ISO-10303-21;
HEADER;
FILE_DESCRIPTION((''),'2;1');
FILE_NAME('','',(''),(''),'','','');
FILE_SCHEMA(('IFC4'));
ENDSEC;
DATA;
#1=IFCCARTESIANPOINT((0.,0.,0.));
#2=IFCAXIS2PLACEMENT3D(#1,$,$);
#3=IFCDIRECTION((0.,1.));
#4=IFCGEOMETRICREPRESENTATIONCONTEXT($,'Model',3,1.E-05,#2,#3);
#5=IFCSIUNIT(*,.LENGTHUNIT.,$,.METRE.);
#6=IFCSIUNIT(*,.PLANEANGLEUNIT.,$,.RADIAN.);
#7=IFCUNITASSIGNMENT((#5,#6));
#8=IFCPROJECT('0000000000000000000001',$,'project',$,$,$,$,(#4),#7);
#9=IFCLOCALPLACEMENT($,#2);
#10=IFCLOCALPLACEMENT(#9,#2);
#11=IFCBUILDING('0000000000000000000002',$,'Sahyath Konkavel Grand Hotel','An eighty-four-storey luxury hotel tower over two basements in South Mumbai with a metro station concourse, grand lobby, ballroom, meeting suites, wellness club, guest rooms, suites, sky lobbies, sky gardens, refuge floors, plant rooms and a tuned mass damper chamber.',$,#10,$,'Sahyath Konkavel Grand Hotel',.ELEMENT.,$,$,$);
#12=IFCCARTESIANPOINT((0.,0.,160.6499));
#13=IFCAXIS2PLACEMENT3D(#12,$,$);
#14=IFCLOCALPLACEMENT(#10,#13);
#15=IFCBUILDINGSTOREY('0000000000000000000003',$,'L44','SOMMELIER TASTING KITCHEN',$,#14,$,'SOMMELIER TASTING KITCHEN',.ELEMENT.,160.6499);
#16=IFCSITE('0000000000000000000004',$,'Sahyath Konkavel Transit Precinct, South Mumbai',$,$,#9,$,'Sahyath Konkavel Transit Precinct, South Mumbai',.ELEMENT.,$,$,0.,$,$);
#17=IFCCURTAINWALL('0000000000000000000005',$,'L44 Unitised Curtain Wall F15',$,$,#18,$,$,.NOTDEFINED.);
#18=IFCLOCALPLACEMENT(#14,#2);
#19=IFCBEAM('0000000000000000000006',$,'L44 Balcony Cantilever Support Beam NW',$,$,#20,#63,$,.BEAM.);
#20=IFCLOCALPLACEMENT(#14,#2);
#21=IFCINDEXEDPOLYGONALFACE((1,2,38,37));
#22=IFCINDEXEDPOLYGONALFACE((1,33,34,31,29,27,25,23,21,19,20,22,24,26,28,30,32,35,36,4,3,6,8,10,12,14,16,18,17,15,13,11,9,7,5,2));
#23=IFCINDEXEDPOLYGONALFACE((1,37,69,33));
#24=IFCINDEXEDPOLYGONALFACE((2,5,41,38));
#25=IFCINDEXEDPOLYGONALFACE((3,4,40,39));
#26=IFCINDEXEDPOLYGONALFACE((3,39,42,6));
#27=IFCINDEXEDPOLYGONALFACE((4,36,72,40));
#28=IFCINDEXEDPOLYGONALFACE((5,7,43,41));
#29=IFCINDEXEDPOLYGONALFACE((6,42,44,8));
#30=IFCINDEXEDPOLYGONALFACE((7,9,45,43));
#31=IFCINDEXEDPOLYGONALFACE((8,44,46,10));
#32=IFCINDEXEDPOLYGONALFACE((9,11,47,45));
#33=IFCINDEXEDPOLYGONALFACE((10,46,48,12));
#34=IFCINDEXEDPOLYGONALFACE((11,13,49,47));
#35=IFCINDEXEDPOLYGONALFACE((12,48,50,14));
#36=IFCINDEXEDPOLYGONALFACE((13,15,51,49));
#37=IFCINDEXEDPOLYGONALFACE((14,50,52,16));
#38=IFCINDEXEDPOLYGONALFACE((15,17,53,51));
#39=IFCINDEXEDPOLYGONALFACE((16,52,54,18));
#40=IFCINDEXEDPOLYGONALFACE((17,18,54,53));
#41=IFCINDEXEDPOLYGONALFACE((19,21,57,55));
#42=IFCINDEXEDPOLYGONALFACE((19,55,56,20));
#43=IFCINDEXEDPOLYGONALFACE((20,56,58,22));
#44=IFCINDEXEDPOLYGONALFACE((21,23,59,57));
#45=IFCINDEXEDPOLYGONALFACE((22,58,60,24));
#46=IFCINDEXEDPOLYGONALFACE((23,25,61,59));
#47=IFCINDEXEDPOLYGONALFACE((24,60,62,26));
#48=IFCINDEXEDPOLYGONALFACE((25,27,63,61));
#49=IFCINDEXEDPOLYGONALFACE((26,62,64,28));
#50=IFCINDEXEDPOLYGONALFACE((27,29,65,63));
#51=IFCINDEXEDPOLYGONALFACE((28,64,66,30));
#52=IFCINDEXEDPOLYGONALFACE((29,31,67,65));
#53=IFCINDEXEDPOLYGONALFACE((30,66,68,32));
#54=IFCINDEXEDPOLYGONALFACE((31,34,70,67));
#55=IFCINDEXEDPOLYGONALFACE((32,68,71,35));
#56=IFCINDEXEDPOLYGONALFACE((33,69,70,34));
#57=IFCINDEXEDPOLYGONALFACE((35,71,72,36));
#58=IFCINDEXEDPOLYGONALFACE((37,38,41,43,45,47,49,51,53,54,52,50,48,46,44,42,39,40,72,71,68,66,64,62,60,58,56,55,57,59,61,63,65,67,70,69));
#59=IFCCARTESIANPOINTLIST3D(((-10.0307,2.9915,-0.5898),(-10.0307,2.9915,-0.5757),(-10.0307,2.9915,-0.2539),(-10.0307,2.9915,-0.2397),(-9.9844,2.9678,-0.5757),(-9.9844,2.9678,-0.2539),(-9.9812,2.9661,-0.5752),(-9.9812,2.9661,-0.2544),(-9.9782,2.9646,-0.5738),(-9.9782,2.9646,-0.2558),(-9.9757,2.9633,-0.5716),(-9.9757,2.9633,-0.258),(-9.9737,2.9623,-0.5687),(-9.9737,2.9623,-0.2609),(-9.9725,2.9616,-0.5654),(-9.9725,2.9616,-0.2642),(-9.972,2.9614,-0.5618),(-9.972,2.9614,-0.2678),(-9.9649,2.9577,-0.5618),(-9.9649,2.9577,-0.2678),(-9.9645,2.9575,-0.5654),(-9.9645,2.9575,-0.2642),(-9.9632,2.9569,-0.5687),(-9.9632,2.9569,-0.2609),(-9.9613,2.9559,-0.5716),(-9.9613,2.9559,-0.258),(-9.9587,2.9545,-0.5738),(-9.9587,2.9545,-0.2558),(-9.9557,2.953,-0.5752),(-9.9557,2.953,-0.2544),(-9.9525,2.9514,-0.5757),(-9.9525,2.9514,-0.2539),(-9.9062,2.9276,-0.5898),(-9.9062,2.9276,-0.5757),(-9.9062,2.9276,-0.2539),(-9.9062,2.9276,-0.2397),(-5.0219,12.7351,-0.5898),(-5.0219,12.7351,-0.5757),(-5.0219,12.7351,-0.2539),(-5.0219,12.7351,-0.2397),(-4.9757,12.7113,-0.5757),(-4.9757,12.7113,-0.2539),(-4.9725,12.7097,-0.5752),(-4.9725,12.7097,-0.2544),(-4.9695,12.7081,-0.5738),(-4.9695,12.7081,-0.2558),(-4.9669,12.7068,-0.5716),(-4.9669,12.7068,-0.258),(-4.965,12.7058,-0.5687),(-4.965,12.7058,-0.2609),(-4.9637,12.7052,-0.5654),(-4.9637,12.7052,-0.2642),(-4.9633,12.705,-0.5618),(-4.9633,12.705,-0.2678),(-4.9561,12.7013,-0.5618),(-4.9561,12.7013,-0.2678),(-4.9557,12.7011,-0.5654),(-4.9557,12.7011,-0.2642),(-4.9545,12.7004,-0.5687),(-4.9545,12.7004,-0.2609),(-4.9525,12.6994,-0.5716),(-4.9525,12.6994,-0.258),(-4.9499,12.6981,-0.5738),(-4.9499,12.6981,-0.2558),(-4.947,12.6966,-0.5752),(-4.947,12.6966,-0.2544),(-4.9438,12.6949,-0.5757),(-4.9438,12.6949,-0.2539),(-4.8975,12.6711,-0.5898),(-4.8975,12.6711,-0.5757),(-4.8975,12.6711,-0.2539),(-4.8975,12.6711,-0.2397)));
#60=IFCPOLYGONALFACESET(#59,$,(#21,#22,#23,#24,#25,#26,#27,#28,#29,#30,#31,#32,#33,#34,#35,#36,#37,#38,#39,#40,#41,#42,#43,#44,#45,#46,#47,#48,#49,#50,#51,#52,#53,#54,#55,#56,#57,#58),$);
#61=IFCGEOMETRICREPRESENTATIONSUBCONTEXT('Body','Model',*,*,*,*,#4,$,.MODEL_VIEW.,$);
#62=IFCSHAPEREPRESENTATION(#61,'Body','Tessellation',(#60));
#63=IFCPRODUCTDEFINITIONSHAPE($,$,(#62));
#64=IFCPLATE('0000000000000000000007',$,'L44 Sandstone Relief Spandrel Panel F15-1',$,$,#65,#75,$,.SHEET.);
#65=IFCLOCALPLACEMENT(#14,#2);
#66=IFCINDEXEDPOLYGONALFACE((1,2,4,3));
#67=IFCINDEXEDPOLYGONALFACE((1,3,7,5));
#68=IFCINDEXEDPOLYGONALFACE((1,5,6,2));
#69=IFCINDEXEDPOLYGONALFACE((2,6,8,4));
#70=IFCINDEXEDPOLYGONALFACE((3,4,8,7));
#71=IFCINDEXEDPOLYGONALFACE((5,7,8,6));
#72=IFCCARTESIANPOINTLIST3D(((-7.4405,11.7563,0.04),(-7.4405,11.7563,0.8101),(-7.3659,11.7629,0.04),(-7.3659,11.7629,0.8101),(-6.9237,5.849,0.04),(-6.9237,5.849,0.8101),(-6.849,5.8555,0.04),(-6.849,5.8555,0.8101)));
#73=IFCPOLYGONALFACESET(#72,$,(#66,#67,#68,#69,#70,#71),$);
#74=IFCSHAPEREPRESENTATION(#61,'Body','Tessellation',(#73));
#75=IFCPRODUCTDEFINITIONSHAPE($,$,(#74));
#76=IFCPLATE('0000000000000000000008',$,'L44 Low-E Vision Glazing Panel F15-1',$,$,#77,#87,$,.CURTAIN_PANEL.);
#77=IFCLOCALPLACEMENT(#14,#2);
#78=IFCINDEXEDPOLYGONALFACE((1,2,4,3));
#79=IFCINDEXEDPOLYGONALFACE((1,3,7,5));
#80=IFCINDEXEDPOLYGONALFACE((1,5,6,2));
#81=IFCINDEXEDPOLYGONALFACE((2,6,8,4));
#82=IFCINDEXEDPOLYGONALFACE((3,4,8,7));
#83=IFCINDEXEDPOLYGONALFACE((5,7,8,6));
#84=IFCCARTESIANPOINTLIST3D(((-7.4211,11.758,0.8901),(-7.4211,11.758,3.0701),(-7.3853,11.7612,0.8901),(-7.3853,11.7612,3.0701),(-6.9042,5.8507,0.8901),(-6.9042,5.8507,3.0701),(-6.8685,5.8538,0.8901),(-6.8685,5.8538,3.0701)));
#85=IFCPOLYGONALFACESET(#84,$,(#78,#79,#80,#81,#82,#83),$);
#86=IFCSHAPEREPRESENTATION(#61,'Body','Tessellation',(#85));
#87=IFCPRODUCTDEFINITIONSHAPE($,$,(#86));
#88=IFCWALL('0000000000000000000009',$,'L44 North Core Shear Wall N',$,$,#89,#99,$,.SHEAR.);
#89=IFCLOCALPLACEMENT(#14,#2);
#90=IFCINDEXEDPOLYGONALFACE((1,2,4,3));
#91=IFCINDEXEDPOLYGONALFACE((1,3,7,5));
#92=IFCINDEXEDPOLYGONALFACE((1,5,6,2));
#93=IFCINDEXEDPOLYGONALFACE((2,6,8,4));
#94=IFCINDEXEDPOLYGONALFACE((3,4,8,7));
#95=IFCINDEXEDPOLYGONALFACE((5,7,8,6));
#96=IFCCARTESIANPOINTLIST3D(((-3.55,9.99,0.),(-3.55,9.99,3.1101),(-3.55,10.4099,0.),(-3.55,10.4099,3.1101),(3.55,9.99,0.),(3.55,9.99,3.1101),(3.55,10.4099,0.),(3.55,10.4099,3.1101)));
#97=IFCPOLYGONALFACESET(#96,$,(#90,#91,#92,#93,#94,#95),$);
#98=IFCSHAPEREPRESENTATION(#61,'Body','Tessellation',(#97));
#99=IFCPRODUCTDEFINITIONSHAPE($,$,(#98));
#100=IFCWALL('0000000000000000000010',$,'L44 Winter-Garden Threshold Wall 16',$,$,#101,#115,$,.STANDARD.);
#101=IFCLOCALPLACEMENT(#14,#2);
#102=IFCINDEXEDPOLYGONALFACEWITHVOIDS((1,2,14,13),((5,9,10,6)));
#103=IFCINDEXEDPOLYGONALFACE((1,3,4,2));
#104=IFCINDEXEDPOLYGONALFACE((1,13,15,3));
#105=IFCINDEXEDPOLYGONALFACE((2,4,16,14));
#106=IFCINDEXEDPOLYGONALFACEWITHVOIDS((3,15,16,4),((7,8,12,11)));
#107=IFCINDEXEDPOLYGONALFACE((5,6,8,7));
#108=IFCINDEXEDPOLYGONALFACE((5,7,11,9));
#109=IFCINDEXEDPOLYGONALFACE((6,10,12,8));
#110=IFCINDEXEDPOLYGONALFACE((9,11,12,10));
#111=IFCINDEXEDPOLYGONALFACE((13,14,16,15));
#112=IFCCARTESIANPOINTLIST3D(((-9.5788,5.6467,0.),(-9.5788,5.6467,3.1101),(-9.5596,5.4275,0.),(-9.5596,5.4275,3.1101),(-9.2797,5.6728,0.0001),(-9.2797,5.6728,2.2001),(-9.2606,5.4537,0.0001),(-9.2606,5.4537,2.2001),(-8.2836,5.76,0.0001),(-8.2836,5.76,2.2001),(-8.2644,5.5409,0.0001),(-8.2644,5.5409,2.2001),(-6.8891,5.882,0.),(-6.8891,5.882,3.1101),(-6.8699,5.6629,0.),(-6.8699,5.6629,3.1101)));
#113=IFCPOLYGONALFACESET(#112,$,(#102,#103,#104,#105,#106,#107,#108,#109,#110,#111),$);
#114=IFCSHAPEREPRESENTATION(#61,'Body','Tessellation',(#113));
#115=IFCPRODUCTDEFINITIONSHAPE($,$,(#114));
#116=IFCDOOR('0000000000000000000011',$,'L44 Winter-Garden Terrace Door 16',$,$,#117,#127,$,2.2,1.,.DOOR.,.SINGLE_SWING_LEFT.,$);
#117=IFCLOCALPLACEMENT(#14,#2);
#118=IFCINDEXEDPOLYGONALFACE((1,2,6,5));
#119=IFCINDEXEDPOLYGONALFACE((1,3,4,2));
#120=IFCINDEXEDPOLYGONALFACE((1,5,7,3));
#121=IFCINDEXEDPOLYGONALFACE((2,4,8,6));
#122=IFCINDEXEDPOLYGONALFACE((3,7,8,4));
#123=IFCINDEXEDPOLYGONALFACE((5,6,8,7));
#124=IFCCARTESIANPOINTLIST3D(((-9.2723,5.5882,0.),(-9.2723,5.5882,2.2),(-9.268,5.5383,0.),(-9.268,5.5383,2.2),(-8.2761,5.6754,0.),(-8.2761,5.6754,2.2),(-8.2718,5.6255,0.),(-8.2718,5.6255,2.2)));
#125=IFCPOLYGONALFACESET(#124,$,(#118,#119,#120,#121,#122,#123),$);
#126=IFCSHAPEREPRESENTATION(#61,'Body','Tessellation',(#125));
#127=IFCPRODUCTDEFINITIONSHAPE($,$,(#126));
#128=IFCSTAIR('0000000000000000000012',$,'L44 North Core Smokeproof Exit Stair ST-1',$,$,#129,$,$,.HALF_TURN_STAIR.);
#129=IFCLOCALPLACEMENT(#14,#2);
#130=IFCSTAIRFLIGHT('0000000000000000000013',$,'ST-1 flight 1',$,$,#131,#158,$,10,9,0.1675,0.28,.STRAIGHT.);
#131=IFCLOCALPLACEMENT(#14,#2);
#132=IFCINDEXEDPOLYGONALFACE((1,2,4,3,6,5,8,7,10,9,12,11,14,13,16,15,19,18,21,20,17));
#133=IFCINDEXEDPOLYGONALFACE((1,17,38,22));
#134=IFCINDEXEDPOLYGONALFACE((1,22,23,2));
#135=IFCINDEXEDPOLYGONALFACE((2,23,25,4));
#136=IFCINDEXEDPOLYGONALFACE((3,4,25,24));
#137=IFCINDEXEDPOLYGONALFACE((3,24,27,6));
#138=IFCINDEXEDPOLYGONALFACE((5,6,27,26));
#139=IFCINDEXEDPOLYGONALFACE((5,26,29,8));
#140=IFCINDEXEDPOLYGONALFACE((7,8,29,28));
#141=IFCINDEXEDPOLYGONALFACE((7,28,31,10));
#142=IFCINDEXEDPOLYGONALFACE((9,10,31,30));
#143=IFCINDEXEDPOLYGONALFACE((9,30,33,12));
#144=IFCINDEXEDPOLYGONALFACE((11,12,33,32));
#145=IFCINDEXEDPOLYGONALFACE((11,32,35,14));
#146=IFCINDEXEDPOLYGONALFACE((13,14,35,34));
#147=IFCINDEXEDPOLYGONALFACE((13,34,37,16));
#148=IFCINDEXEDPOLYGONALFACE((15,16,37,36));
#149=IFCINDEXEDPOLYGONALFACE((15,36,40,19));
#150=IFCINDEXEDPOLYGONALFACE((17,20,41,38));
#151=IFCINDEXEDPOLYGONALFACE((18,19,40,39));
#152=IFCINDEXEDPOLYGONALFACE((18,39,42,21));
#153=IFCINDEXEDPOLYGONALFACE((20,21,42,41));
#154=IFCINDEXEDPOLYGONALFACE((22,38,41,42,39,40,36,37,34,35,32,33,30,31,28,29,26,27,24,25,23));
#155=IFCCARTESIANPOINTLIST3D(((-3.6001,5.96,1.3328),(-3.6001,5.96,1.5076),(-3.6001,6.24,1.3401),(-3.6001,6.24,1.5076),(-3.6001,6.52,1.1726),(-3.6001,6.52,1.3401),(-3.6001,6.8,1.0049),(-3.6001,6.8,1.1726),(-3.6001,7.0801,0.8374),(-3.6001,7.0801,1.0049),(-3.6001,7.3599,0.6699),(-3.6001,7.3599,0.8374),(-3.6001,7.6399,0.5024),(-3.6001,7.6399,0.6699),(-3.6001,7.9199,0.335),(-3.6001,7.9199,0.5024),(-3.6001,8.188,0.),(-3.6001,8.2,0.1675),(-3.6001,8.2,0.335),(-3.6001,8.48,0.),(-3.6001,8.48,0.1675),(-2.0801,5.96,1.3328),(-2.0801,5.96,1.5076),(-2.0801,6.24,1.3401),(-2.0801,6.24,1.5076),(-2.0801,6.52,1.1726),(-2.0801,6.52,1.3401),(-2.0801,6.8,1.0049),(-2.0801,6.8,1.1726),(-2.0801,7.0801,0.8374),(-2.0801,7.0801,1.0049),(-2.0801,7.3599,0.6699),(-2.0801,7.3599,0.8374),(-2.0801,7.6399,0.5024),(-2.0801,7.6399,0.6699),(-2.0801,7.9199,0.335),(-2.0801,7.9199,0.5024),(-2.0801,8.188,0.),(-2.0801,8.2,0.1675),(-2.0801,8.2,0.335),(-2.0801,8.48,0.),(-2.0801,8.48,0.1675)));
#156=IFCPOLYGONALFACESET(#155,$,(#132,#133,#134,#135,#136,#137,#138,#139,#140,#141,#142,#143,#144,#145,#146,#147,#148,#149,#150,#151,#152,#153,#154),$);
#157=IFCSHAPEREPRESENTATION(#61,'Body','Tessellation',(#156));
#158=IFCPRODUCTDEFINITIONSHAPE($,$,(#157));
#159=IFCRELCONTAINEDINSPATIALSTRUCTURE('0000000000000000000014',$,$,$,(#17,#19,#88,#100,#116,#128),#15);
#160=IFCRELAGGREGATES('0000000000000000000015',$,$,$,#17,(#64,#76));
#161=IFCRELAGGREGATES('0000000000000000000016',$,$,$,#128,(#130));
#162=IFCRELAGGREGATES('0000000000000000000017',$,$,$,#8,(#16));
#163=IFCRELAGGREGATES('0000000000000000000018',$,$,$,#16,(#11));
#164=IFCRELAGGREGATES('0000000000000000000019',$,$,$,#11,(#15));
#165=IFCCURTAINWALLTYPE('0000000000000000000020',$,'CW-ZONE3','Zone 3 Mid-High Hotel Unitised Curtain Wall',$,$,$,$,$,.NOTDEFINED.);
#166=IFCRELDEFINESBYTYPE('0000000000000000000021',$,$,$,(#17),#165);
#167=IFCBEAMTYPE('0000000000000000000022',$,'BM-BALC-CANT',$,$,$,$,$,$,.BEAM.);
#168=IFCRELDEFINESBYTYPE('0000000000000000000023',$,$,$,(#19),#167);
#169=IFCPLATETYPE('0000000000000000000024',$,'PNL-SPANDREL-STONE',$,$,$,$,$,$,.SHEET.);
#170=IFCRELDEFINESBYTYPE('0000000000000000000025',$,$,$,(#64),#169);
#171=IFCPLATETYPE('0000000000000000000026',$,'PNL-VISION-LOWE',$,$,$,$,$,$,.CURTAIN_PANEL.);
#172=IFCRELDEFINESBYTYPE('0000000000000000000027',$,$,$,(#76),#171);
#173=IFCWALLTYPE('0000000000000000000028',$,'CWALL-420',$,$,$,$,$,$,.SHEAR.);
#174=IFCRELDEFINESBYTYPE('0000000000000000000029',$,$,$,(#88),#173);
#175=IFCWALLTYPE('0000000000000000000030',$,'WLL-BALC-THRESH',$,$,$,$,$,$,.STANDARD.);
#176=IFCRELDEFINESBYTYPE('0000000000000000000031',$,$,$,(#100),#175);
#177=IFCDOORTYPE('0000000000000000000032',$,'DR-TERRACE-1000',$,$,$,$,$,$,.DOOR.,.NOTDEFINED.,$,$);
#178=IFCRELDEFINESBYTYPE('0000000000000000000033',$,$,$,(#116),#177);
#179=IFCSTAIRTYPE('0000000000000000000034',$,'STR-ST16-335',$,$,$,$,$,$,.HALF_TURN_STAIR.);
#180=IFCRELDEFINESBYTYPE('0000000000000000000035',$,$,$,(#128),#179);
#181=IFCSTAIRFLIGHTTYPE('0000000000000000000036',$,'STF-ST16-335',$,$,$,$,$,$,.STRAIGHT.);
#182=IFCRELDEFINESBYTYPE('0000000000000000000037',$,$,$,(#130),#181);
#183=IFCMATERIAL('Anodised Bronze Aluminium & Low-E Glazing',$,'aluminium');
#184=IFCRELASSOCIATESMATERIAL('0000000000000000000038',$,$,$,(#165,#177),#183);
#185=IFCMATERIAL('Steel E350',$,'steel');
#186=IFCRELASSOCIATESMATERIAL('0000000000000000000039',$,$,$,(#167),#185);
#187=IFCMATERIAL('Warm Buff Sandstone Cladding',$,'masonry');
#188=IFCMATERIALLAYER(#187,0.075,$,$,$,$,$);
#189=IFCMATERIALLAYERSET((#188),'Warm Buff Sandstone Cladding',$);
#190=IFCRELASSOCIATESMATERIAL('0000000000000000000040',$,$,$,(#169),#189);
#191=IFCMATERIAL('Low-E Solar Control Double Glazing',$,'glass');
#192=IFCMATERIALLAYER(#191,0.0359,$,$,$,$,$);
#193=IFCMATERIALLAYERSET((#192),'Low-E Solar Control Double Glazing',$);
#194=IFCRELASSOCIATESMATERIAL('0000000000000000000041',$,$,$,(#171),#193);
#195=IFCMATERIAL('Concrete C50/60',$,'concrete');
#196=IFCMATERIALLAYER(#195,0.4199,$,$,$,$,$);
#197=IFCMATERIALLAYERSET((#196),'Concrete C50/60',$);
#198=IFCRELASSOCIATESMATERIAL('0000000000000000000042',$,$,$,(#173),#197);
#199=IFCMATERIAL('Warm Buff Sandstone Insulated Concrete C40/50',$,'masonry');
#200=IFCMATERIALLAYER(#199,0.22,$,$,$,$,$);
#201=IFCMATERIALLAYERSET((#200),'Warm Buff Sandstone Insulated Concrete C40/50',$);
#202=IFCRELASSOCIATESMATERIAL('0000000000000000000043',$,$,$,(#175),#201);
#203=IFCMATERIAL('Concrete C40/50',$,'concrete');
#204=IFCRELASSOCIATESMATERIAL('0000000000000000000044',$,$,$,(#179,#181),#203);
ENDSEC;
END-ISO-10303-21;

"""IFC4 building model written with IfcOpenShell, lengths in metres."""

from ifc_helpers import new_model, si_unit, direction, frame, frame_2d, origin, origin_2d, place, context, subcontext, project, spatial, polyline, rectangle, i_section, outline, extrude, source, transform, mapped, material, layer, layer_set, material_profile, profile_set, type_object, element, fill, aggregate, save


model = new_model("IFC4")

# Units and contexts
model_context = context("Model", 3, precision=1e-05, world=origin(), true_north=direction((0.0, 1.0)))
body_context = subcontext(model_context, "Body", "Model", "MODEL_VIEW")
ifc_project = project(units=[si_unit("LENGTHUNIT", "METRE"), si_unit("PLANEANGLEUNIT", "RADIAN")], contexts=[model_context])

# Site, building, storey
site_placement = place(None, origin())
site = spatial("IfcSite", under=ifc_project, at=site_placement, Name="Sahyath Konkavel Transit Precinct, South Mumbai", LongName="Sahyath Konkavel Transit Precinct, South Mumbai", CompositionType="ELEMENT", RefElevation=0.0)
building_placement = place(site_placement, origin())
building = spatial("IfcBuilding", under=site, at=building_placement, Name="Sahyath Konkavel Grand Hotel", Description="An eighty-four-storey luxury hotel tower over two basements in South Mumbai with a metro station concourse, grand lobby, ballroom, meeting suites, wellness club, guest rooms, suites, sky lobbies, sky gardens, refuge floors, plant rooms and a tuned mass damper chamber.", LongName="Sahyath Konkavel Grand Hotel", CompositionType="ELEMENT")
storey_placement = place(building_placement, frame((0.0, 0.0, 160.6499)))
storey = spatial("IfcBuildingStorey", under=building, at=storey_placement, Name="L44", Description="SOMMELIER TASTING KITCHEN", LongName="SOMMELIER TASTING KITCHEN", CompositionType="ELEMENT", Elevation=160.6499)

# Shared definitions
ifc_material_1 = material(Name="Concrete C50/60", Category="concrete")

# Shared definitions
ifc_material_2 = material(Name="Steel E350", Category="steel")

# Curtain wall
ifc_material_3 = material(Name="Anodised Bronze Aluminium & Low-E Glazing", Category="aluminium")
curtain_wall_type = type_object("IfcCurtainWallType", Name="CW-ZONE3", Description="Zone 3 Mid-High Hotel Unitised Curtain Wall", PredefinedType="NOTDEFINED", material=ifc_material_3)
curtain_wall_placement = place(storey_placement, origin())
curtain_wall = element("IfcCurtainWall", 1, at=curtain_wall_placement, inside=storey, type_object=curtain_wall_type, Name="L44 Unitised Curtain Wall F15", PredefinedType="NOTDEFINED")

# Beam
ifc_material_profile_1 = material_profile(ifc_material_2, i_section(OverallWidth=0.1399, OverallDepth=0.3501, WebThickness=0.0081, FlangeThickness=0.0142, FilletRadius=0.0139, at=origin_2d()), Name="ISMB 350")
ifc_profile_set_1 = profile_set([ifc_material_profile_1], Name="Steel E350")
beam_type_1 = type_object("IfcBeamType", Name="BM-BALC-CANT", PredefinedType="BEAM", material=ifc_profile_set_1)
shared_shape_1 = source(origin(), body_context, "Body", "SweptSolid", [
    extrude(i_section(OverallWidth=0.1399, OverallDepth=0.3501, WebThickness=0.0081, FlangeThickness=0.0142, FilletRadius=0.0139, at=origin_2d()), origin(), (0.0, 0.0, 1.0), 10.9556),
])
beam_1_placement = place(storey_placement, frame((-4.9597, 12.7031, -0.4148), z_axis=(-0.457187, -0.889371, 0.0), x_axis=(0.889371, -0.457187, 0.0)))
element("IfcBeam", 2, at=beam_1_placement, inside=storey, type_object=beam_type_1, Name="L44 Balcony Cantilever Support Beam NW", PredefinedType="BEAM", context=body_context, shape_type="MappedRepresentation", body=[
    mapped(shared_shape_1, transform((0.0, 0.0, 0.0), scale=1.0)),
])

# Plates
ifc_material_4 = material(Name="Warm Buff Sandstone Cladding", Category="masonry")
ifc_layer_1 = layer(ifc_material_4, 0.075)
ifc_layer_set_1 = layer_set([ifc_layer_1], Name="Warm Buff Sandstone Cladding")
plate_type_1 = type_object("IfcPlateType", Name="PNL-SPANDREL-STONE", PredefinedType="SHEET", material=ifc_layer_set_1)
shared_shape_2 = source(origin(), body_context, "Body", "SweptSolid", [
    extrude(rectangle(XDim=5.9299, YDim=0.075, at=origin_2d()), origin(), (0.0, 0.0, 1.0), 0.77),
])
plate_1_placement = place(storey_placement, frame((-7.1448, 8.8059, 0.04), z_axis=(0.0, 0.0, 1.0), x_axis=(0.087156, -0.996195, 0.0)))
plate_1 = element("IfcPlate", 3, at=plate_1_placement, type_object=plate_type_1, Name="L44 Sandstone Relief Spandrel Panel F15-1", PredefinedType="SHEET", context=body_context, shape_type="MappedRepresentation", body=[
    mapped(shared_shape_2, transform((0.0, 0.0, 0.0), scale=1.0)),
])
ifc_material_5 = material(Name="Low-E Solar Control Double Glazing", Category="glass")
ifc_layer_2 = layer(ifc_material_5, 0.0359)
ifc_layer_set_2 = layer_set([ifc_layer_2], Name="Low-E Solar Control Double Glazing")
plate_type_2 = type_object("IfcPlateType", Name="PNL-VISION-LOWE", PredefinedType="CURTAIN_PANEL", material=ifc_layer_set_2)
shared_shape_3 = source(origin(), body_context, "Body", "SweptSolid", [
    extrude(rectangle(XDim=5.9299, YDim=0.0359, at=origin_2d()), origin(), (0.0, 0.0, 1.0), 2.1799),
])
plate_2_placement = place(storey_placement, frame((-7.1448, 8.8059, 0.8901), z_axis=(0.0, 0.0, 1.0), x_axis=(0.087156, -0.996195, 0.0)))
plate_2 = element("IfcPlate", 4, at=plate_2_placement, type_object=plate_type_2, Name="L44 Low-E Vision Glazing Panel F15-1", PredefinedType="CURTAIN_PANEL", context=body_context, shape_type="MappedRepresentation", body=[
    mapped(shared_shape_3, transform((0.0, 0.0, 0.0), scale=1.0)),
])
aggregate(curtain_wall, [plate_1, plate_2])

# Wall
ifc_layer_3 = layer(ifc_material_1, 0.4199)
ifc_layer_set_3 = layer_set([ifc_layer_3], Name="Concrete C50/60")
wall_type_1 = type_object("IfcWallType", Name="CWALL-420", PredefinedType="SHEAR", material=ifc_layer_set_3)
wall_1_placement = place(storey_placement, frame((-3.55, 10.2, 0.0), z_axis=(0.0, 0.0, 1.0), x_axis=(1.0, 0.0, 0.0)))
element("IfcWall", 5, at=wall_1_placement, inside=storey, type_object=wall_type_1, Name="L44 North Core Shear Wall N", PredefinedType="SHEAR", context=body_context, shape_type="SweptSolid", body=[
    extrude(rectangle(XDim=7.1001, YDim=0.4199, at=frame_2d((3.55, 0.0))), origin(), (0.0, 0.0, 1.0), 3.1101),
])

# Wall, opening, door
ifc_material_6 = material(Name="Warm Buff Sandstone Insulated Concrete C40/50", Category="masonry")
ifc_layer_4 = layer(ifc_material_6, 0.22)
ifc_layer_set_4 = layer_set([ifc_layer_4], Name="Warm Buff Sandstone Insulated Concrete C40/50")
wall_type_2 = type_object("IfcWallType", Name="WLL-BALC-THRESH", PredefinedType="STANDARD", material=ifc_layer_set_4)
wall_2_placement = place(storey_placement, frame((-6.8794, 5.7725, 0.0), z_axis=(0.0, 0.0, 1.0), x_axis=(-0.996194, -0.087168, 0.0)))
wall_2 = element("IfcWall", 6, at=wall_2_placement, inside=storey, type_object=wall_type_2, Name="L44 Winter-Garden Threshold Wall 16", PredefinedType="STANDARD", context=body_context, shape_type="SweptSolid", body=[
    extrude(rectangle(XDim=2.7, YDim=0.22, at=frame_2d((1.3501, 0.0))), origin(), (0.0, 0.0, 1.0), 3.1101),
])
opening_placement = place(wall_2_placement, frame((1.3999, 0.0, 0.0)))
opening = element("IfcOpeningElement", 7, at=opening_placement, cuts=wall_2, PredefinedType="OPENING", context=body_context, shape_type="SweptSolid", body=[
    extrude(rectangle(XDim=1.0, YDim=2.2, at=frame_2d((0.5, 1.1001))), frame((0.0, 0.1201, 0.0), z_axis=(0.0, -1.0, 0.0), x_axis=(1.0, 0.0, 0.0)), (0.0, 0.0, 1.0), 0.24),
])
door_type = type_object("IfcDoorType", Name="DR-TERRACE-1000", OperationType="NOTDEFINED", PredefinedType="DOOR", material=ifc_material_3)
shared_shape_4 = source(origin(), body_context, "Body", "SweptSolid", [
    extrude(rectangle(XDim=1.0, YDim=0.05, at=origin_2d()), origin(), (0.0, 0.0, 1.0), 2.2),
])
door_placement = place(opening_placement, frame((0.5, 0.0, 0.0)))
door = element("IfcDoor", 8, at=door_placement, inside=storey, type_object=door_type, Name="L44 Winter-Garden Terrace Door 16", OperationType="SINGLE_SWING_LEFT", OverallHeight=2.2, OverallWidth=1.0, PredefinedType="DOOR", context=body_context, shape_type="MappedRepresentation", body=[
    mapped(shared_shape_4, transform((0.0, 0.0, 0.0), scale=1.0)),
])
fill(opening, door)

# Stair, stair flight
ifc_material_7 = material(Name="Concrete C40/50", Category="concrete")
stair_type = type_object("IfcStairType", Name="STR-ST16-335", PredefinedType="HALF_TURN_STAIR", material=ifc_material_7)
stair_placement = place(storey_placement, origin())
stair = element("IfcStair", 9, at=stair_placement, inside=storey, type_object=stair_type, Name="L44 North Core Smokeproof Exit Stair ST-1", PredefinedType="HALF_TURN_STAIR")
stair_flight_type = type_object("IfcStairFlightType", Name="STF-ST16-335", PredefinedType="STRAIGHT", material=ifc_material_7)
stair_flight_1_placement = place(storey_placement, frame((-2.8401, 8.48, 0.0), z_axis=(0.0, 0.0, 1.0), x_axis=(0.0, -1.0, 0.0)))
stair_flight_1 = element("IfcStairFlight", 10, at=stair_flight_1_placement, type_object=stair_flight_type, Name="ST-1 flight 1", NumberOfRisers=10, NumberOfTreads=9, PredefinedType="STRAIGHT", RiserHeight=0.1675, TreadLength=0.28, context=body_context, shape_type="SweptSolid", body=[
    extrude(outline(polyline([(0.0, 0.0), (0.0, 0.1675), (0.28, 0.1675), (0.28, 0.335), (0.5601, 0.335), (0.5601, 0.5024), (0.8401, 0.5024), (0.8401, 0.6699), (1.1201, 0.6699), (1.1201, 0.8374), (1.3999, 0.8374), (1.3999, 1.0049), (1.6799, 1.0049), (1.6799, 1.1726), (1.96, 1.1726), (1.96, 1.3401), (2.24, 1.3401), (2.24, 1.5076), (2.52, 1.5076), (2.52, 1.675), (2.52, 1.3328), (0.292, 0.0), (0.0, 0.0)])), frame((0.0, 0.76, 0.0), z_axis=(0.0, -1.0, 0.0), x_axis=(1.0, 0.0, 0.0)), (0.0, 0.0, 1.0), 1.52),
])
aggregate(stair, [stair_flight_1])

save(model, "model.ifc")
